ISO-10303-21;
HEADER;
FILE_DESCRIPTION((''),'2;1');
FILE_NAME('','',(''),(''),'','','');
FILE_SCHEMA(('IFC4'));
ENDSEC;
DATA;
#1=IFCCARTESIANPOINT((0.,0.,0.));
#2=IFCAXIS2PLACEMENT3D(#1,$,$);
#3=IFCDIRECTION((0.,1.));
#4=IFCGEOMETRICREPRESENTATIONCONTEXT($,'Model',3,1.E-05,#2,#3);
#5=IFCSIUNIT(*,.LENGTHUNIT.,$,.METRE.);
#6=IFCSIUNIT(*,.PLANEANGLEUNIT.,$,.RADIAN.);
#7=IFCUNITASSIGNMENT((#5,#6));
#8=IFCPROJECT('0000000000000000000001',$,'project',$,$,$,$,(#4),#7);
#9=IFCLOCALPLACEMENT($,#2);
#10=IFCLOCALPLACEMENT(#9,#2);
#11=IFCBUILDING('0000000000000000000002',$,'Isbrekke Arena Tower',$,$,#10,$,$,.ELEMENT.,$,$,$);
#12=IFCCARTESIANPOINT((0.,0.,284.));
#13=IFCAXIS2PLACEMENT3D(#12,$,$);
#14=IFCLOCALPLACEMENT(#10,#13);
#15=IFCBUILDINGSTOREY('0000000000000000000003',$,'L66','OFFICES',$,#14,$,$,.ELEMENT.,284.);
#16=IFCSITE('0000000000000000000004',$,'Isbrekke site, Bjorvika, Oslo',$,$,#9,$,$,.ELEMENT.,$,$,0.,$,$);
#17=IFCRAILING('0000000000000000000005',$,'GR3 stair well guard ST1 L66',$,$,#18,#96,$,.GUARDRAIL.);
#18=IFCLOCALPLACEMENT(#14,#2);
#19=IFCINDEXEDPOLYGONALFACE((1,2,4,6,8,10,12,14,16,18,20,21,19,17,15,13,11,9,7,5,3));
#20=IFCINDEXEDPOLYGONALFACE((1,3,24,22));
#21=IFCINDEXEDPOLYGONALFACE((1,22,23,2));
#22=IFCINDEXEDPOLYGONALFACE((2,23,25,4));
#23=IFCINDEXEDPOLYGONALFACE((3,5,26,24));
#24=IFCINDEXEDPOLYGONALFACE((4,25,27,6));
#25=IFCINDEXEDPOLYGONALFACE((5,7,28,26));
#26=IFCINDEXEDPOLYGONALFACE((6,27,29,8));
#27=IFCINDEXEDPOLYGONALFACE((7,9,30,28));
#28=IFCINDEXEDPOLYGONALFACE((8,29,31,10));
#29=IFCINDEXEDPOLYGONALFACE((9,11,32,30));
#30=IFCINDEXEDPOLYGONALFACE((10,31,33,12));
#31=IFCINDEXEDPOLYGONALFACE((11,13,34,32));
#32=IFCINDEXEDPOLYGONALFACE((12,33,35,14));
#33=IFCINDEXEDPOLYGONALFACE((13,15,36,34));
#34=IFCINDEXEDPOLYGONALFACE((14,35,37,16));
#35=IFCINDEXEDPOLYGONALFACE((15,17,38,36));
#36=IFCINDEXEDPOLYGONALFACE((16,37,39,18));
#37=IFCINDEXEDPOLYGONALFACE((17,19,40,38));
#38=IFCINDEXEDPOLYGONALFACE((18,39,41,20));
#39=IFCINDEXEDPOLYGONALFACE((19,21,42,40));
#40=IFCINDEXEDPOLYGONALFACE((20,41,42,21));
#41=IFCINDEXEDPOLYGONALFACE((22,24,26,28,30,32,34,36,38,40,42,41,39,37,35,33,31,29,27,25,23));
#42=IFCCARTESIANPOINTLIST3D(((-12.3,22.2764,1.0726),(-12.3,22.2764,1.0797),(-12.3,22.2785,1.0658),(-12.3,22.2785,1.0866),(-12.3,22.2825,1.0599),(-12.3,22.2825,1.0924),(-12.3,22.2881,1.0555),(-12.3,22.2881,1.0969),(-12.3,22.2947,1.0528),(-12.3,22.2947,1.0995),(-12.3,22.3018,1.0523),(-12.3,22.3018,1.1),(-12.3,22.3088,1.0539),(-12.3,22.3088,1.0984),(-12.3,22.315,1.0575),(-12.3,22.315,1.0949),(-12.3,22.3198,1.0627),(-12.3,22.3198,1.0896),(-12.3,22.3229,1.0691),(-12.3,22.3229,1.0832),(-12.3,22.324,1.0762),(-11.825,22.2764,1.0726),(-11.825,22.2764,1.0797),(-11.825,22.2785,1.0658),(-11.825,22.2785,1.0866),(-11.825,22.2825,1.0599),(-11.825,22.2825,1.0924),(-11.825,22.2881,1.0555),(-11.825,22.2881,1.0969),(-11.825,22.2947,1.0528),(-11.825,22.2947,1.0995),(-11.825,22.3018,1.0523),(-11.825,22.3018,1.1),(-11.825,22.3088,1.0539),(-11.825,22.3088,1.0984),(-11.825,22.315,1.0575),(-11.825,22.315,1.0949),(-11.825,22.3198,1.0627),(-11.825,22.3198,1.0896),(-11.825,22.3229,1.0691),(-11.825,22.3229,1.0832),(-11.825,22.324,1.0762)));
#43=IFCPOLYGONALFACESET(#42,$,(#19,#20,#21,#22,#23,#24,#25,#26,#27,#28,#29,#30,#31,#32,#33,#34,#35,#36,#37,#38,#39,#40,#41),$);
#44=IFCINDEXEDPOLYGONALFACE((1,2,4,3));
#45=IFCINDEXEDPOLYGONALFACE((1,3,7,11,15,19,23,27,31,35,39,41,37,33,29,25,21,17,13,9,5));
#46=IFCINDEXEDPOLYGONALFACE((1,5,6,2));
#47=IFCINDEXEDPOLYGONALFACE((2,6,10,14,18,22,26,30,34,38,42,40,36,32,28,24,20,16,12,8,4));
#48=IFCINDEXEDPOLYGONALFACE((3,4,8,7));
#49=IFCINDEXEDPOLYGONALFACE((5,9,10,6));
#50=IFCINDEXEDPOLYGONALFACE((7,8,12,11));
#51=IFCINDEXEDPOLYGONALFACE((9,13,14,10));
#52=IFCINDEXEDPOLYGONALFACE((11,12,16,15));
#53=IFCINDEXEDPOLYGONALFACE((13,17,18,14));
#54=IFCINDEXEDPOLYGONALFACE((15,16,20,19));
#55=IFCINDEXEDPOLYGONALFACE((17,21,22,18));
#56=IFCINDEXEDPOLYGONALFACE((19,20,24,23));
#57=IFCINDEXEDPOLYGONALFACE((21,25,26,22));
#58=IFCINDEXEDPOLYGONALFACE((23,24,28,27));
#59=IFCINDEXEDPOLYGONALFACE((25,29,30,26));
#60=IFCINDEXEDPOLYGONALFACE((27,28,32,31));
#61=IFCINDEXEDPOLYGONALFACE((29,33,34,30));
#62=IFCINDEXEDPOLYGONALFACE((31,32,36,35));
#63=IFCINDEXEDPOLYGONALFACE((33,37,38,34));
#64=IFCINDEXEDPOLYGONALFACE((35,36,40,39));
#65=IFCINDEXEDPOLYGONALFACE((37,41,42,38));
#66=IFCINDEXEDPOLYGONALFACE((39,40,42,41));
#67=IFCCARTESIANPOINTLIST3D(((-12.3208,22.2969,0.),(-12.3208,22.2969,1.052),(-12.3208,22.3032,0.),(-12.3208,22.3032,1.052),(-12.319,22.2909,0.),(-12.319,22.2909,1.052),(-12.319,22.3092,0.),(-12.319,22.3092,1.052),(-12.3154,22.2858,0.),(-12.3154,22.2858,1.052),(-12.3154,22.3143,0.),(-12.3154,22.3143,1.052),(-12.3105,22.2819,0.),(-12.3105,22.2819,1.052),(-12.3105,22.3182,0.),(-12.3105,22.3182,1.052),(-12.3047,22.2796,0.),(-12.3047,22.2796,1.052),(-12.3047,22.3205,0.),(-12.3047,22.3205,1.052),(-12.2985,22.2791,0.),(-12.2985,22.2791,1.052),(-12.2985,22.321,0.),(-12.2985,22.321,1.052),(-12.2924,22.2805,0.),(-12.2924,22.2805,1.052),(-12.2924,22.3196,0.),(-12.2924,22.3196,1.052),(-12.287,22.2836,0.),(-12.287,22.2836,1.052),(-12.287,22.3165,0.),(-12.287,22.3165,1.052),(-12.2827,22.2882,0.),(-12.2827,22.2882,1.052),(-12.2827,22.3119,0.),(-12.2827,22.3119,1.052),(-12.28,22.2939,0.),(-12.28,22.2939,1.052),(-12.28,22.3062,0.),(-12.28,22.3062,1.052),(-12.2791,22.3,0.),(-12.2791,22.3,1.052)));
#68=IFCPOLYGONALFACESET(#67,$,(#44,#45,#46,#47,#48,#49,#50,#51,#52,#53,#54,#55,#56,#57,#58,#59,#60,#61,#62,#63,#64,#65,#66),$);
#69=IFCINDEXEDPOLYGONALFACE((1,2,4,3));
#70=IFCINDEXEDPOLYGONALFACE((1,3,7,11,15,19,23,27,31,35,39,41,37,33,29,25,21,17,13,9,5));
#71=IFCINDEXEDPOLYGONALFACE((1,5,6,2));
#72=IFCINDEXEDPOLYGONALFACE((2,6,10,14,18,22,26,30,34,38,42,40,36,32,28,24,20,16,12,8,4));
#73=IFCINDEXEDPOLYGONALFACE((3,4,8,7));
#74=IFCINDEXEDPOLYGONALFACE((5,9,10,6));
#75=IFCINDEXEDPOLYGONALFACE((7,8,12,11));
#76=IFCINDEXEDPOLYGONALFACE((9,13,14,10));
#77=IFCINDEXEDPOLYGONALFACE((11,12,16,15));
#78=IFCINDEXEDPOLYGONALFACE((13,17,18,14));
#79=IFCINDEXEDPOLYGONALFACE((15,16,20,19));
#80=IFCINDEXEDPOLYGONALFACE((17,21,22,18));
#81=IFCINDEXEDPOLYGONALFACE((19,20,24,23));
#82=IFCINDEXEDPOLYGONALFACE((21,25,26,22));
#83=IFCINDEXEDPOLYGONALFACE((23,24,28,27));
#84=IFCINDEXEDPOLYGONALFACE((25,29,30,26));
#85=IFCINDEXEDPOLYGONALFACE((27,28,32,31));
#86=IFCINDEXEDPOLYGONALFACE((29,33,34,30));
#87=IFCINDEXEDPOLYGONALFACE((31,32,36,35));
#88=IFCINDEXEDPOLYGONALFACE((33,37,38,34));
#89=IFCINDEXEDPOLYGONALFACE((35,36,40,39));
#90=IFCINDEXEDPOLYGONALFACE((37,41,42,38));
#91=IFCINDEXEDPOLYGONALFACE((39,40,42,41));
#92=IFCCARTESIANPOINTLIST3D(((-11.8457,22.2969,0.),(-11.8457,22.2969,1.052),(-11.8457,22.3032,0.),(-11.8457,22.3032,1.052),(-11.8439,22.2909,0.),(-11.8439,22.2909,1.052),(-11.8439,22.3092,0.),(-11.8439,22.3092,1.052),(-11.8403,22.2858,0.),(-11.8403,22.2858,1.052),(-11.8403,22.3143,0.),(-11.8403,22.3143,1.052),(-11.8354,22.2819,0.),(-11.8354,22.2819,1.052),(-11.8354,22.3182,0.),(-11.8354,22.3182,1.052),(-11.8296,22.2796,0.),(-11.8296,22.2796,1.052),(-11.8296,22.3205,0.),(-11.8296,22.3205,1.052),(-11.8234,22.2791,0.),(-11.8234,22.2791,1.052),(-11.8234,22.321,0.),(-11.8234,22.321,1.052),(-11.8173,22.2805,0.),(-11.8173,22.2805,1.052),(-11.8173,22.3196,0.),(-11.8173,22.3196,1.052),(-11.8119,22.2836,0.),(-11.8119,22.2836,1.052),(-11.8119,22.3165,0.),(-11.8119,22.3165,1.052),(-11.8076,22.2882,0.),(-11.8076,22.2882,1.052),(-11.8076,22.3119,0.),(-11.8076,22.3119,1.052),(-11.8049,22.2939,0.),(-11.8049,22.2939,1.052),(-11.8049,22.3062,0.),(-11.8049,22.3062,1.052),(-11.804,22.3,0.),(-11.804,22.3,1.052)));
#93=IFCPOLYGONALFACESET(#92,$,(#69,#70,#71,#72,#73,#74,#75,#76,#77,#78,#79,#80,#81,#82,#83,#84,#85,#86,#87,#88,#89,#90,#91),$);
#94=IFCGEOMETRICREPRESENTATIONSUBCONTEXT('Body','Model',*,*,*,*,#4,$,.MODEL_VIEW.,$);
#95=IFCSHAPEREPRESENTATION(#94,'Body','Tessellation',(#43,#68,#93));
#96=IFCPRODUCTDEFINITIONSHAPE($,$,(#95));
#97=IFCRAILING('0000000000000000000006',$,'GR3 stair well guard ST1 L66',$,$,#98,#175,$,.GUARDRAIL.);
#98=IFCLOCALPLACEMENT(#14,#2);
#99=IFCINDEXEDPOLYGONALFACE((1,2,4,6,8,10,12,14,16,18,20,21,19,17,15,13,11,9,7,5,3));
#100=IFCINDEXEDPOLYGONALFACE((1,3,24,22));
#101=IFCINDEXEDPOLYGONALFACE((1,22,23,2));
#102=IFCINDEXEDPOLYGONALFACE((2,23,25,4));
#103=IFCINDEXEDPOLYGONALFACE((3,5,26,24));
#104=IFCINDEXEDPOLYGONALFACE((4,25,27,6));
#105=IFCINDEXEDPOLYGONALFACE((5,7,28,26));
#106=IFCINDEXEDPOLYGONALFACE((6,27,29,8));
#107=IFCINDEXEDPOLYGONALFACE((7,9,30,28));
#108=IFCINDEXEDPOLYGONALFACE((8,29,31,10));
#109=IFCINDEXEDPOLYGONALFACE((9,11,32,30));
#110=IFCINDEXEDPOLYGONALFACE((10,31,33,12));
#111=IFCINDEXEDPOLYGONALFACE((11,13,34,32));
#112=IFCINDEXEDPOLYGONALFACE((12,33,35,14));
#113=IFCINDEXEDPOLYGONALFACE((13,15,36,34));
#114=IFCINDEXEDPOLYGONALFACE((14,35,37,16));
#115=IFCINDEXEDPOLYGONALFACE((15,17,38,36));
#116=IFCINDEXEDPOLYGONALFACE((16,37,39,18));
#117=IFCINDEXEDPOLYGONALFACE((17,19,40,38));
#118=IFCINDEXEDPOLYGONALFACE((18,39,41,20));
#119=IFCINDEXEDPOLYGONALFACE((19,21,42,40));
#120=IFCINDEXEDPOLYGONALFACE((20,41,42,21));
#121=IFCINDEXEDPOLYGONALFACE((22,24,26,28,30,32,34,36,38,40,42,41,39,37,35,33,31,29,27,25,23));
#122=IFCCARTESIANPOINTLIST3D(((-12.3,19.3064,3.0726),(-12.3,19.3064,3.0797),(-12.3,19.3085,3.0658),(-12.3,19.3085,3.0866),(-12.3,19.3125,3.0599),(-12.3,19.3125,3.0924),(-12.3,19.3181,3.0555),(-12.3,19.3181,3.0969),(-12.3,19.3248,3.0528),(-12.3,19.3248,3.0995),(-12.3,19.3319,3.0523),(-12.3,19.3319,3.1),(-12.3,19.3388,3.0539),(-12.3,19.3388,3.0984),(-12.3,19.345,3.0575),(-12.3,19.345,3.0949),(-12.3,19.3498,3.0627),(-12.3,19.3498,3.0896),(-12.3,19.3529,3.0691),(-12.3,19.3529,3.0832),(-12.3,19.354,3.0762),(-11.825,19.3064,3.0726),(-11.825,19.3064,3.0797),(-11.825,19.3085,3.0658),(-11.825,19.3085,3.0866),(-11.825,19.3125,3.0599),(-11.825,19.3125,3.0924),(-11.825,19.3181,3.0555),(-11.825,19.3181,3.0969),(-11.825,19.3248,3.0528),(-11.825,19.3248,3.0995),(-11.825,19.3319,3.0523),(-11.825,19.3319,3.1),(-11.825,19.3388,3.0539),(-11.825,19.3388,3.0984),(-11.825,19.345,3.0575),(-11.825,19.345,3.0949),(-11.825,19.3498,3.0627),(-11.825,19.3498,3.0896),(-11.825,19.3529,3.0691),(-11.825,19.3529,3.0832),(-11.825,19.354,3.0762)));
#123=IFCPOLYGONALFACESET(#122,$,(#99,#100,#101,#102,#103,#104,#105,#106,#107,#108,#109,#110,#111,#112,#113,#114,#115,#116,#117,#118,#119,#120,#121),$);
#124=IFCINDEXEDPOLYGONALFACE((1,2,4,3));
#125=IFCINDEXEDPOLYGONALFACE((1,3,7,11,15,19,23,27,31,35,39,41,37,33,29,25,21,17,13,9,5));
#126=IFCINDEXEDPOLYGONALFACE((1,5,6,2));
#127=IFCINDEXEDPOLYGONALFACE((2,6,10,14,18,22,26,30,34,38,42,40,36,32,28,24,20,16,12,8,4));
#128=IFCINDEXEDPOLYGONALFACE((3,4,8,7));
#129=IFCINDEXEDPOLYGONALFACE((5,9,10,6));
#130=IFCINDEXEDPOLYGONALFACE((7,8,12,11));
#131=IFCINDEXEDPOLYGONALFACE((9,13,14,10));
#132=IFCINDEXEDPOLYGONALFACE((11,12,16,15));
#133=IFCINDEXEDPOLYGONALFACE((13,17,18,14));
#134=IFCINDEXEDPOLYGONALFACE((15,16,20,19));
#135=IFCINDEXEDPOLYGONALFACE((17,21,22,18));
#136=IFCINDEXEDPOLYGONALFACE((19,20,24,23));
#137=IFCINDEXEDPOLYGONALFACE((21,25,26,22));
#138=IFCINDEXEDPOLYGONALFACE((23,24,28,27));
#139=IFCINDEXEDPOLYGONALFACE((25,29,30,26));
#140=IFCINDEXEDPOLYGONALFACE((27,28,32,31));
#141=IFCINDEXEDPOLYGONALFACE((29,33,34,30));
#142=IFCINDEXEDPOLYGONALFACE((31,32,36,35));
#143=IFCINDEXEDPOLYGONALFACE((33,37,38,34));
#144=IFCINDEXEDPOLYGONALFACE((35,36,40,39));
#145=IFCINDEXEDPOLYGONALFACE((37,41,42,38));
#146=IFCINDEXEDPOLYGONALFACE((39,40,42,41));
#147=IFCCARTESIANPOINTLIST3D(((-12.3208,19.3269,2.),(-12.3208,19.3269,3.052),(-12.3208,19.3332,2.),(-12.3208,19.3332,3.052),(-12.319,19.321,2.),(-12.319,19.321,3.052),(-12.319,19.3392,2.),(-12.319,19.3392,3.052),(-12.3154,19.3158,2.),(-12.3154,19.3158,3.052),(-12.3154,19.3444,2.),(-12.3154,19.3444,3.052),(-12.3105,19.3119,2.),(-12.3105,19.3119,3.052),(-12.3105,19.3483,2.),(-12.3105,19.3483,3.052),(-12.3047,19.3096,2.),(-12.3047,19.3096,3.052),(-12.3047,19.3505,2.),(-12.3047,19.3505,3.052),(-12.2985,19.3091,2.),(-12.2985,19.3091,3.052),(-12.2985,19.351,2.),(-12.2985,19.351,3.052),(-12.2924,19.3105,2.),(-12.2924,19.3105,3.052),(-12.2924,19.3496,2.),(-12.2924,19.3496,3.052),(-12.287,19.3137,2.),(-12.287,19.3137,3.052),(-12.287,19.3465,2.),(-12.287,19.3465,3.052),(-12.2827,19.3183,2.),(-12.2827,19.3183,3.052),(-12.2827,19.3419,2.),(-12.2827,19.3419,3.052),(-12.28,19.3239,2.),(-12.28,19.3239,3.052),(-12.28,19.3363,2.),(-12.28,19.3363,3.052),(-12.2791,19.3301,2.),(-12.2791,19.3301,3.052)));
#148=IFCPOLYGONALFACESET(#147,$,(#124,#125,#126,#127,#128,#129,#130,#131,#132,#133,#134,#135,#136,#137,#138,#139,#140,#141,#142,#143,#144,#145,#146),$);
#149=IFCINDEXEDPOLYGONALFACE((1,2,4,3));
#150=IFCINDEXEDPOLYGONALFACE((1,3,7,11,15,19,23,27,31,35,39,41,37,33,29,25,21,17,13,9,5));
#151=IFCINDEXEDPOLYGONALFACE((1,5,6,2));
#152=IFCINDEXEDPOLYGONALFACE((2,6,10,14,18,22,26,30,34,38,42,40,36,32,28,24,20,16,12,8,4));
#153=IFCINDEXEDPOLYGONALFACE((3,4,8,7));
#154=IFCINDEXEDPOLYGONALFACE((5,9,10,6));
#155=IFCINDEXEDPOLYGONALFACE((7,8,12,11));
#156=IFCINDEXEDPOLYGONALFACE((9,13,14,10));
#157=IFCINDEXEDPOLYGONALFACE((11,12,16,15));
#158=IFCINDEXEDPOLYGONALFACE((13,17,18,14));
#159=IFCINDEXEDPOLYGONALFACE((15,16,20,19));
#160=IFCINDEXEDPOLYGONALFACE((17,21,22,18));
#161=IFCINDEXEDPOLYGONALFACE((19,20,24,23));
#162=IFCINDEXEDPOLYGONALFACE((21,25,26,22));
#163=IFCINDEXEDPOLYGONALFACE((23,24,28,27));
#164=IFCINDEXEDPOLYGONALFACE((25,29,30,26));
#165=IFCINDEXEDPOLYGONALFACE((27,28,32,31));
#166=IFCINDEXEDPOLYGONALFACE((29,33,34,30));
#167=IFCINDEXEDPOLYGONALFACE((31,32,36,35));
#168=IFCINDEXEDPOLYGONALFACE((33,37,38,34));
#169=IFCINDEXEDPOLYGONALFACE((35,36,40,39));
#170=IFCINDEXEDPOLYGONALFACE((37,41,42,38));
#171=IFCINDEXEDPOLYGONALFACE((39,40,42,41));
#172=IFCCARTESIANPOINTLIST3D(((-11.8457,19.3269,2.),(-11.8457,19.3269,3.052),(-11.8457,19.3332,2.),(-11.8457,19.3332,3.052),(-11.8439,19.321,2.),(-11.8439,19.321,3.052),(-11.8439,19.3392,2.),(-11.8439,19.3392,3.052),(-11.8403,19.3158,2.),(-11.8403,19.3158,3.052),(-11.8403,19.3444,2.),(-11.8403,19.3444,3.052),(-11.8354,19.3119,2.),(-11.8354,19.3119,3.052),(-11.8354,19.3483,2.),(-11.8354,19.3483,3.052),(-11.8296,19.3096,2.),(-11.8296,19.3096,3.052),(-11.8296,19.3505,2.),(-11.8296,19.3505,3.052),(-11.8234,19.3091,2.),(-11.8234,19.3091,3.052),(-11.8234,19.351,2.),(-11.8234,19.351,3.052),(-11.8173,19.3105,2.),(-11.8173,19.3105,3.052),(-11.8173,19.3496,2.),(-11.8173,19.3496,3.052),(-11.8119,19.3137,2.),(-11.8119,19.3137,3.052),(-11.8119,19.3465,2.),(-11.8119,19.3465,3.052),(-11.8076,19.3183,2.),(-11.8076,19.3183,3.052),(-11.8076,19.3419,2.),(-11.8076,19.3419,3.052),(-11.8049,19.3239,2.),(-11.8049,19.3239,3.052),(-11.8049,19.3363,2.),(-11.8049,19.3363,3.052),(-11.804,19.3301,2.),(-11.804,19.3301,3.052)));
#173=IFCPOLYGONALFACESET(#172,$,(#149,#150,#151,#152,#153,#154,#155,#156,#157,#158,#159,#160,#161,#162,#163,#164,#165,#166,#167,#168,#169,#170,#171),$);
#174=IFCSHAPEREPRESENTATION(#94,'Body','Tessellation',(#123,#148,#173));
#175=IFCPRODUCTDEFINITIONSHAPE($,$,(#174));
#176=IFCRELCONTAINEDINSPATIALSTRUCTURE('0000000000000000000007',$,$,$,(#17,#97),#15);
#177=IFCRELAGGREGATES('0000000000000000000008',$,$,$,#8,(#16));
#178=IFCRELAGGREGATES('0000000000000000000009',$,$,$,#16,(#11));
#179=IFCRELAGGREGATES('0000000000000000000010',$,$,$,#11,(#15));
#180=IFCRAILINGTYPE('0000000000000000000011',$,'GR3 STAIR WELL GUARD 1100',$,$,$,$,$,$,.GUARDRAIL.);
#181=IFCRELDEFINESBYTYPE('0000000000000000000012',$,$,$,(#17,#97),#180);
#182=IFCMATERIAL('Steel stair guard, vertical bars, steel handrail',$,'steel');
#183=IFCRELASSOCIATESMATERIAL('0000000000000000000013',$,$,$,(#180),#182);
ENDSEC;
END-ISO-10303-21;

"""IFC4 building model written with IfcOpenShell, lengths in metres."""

from ifc_helpers import new_model, si_unit, direction, frame, origin, origin_2d, place, context, subcontext, project, spatial, circle, extrude, material, type_object, element, save


model = new_model("IFC4")

# Units and contexts
model_context = context("Model", 3, precision=1e-05, world=origin(), true_north=direction((0.0, 1.0)))
body_context = subcontext(model_context, "Body", "Model", "MODEL_VIEW")
ifc_project = project(units=[si_unit("LENGTHUNIT", "METRE"), si_unit("PLANEANGLEUNIT", "RADIAN")], contexts=[model_context])

# Site, building, storey
site_placement = place(None, origin())
site = spatial("IfcSite", under=ifc_project, at=site_placement, Name="Isbrekke site, Bjorvika, Oslo", CompositionType="ELEMENT", RefElevation=0.0)
building_placement = place(site_placement, origin())
building = spatial("IfcBuilding", under=site, at=building_placement, Name="Isbrekke Arena Tower", CompositionType="ELEMENT")
storey_placement = place(building_placement, frame((0.0, 0.0, 284.0)))
storey = spatial("IfcBuildingStorey", under=building, at=storey_placement, Name="L66", Description="OFFICES", CompositionType="ELEMENT", Elevation=284.0)

# Railings
ifc_material_1 = material(Name="Steel stair guard, vertical bars, steel handrail", Category="steel")
railing_type = type_object("IfcRailingType", Name="GR3 STAIR WELL GUARD 1100", PredefinedType="GUARDRAIL", material=ifc_material_1)
for number, where, name in (
    (1, (-12.3, 22.3, 0.0), "GR3 stair well guard ST1 L66"),
    (2, (-12.3, 19.3301, 2.0), "GR3 stair well guard ST1 L66"),
):
    element("IfcRailing", number, at=place(storey_placement, frame(where)), inside=storey, type_object=railing_type, Name=name, PredefinedType="GUARDRAIL", context=body_context, shape_type="SweptSolid", body=[
        extrude(circle(Radius=0.0239, at=origin_2d()), frame((0.0, 0.0, 1.0762), z_axis=(1.0, 0.0, 0.0), x_axis=(0.0, 1.0, 0.0)), (0.0, 0.0, 1.0), 0.4751),
        extrude(circle(Radius=0.021, at=origin_2d()), origin(), (0.0, 0.0, 1.0), 1.052),
        extrude(circle(Radius=0.021, at=origin_2d()), frame((0.4751, 0.0, 0.0)), (0.0, 0.0, 1.0), 1.052),
    ])

save(model, "model.ifc")
